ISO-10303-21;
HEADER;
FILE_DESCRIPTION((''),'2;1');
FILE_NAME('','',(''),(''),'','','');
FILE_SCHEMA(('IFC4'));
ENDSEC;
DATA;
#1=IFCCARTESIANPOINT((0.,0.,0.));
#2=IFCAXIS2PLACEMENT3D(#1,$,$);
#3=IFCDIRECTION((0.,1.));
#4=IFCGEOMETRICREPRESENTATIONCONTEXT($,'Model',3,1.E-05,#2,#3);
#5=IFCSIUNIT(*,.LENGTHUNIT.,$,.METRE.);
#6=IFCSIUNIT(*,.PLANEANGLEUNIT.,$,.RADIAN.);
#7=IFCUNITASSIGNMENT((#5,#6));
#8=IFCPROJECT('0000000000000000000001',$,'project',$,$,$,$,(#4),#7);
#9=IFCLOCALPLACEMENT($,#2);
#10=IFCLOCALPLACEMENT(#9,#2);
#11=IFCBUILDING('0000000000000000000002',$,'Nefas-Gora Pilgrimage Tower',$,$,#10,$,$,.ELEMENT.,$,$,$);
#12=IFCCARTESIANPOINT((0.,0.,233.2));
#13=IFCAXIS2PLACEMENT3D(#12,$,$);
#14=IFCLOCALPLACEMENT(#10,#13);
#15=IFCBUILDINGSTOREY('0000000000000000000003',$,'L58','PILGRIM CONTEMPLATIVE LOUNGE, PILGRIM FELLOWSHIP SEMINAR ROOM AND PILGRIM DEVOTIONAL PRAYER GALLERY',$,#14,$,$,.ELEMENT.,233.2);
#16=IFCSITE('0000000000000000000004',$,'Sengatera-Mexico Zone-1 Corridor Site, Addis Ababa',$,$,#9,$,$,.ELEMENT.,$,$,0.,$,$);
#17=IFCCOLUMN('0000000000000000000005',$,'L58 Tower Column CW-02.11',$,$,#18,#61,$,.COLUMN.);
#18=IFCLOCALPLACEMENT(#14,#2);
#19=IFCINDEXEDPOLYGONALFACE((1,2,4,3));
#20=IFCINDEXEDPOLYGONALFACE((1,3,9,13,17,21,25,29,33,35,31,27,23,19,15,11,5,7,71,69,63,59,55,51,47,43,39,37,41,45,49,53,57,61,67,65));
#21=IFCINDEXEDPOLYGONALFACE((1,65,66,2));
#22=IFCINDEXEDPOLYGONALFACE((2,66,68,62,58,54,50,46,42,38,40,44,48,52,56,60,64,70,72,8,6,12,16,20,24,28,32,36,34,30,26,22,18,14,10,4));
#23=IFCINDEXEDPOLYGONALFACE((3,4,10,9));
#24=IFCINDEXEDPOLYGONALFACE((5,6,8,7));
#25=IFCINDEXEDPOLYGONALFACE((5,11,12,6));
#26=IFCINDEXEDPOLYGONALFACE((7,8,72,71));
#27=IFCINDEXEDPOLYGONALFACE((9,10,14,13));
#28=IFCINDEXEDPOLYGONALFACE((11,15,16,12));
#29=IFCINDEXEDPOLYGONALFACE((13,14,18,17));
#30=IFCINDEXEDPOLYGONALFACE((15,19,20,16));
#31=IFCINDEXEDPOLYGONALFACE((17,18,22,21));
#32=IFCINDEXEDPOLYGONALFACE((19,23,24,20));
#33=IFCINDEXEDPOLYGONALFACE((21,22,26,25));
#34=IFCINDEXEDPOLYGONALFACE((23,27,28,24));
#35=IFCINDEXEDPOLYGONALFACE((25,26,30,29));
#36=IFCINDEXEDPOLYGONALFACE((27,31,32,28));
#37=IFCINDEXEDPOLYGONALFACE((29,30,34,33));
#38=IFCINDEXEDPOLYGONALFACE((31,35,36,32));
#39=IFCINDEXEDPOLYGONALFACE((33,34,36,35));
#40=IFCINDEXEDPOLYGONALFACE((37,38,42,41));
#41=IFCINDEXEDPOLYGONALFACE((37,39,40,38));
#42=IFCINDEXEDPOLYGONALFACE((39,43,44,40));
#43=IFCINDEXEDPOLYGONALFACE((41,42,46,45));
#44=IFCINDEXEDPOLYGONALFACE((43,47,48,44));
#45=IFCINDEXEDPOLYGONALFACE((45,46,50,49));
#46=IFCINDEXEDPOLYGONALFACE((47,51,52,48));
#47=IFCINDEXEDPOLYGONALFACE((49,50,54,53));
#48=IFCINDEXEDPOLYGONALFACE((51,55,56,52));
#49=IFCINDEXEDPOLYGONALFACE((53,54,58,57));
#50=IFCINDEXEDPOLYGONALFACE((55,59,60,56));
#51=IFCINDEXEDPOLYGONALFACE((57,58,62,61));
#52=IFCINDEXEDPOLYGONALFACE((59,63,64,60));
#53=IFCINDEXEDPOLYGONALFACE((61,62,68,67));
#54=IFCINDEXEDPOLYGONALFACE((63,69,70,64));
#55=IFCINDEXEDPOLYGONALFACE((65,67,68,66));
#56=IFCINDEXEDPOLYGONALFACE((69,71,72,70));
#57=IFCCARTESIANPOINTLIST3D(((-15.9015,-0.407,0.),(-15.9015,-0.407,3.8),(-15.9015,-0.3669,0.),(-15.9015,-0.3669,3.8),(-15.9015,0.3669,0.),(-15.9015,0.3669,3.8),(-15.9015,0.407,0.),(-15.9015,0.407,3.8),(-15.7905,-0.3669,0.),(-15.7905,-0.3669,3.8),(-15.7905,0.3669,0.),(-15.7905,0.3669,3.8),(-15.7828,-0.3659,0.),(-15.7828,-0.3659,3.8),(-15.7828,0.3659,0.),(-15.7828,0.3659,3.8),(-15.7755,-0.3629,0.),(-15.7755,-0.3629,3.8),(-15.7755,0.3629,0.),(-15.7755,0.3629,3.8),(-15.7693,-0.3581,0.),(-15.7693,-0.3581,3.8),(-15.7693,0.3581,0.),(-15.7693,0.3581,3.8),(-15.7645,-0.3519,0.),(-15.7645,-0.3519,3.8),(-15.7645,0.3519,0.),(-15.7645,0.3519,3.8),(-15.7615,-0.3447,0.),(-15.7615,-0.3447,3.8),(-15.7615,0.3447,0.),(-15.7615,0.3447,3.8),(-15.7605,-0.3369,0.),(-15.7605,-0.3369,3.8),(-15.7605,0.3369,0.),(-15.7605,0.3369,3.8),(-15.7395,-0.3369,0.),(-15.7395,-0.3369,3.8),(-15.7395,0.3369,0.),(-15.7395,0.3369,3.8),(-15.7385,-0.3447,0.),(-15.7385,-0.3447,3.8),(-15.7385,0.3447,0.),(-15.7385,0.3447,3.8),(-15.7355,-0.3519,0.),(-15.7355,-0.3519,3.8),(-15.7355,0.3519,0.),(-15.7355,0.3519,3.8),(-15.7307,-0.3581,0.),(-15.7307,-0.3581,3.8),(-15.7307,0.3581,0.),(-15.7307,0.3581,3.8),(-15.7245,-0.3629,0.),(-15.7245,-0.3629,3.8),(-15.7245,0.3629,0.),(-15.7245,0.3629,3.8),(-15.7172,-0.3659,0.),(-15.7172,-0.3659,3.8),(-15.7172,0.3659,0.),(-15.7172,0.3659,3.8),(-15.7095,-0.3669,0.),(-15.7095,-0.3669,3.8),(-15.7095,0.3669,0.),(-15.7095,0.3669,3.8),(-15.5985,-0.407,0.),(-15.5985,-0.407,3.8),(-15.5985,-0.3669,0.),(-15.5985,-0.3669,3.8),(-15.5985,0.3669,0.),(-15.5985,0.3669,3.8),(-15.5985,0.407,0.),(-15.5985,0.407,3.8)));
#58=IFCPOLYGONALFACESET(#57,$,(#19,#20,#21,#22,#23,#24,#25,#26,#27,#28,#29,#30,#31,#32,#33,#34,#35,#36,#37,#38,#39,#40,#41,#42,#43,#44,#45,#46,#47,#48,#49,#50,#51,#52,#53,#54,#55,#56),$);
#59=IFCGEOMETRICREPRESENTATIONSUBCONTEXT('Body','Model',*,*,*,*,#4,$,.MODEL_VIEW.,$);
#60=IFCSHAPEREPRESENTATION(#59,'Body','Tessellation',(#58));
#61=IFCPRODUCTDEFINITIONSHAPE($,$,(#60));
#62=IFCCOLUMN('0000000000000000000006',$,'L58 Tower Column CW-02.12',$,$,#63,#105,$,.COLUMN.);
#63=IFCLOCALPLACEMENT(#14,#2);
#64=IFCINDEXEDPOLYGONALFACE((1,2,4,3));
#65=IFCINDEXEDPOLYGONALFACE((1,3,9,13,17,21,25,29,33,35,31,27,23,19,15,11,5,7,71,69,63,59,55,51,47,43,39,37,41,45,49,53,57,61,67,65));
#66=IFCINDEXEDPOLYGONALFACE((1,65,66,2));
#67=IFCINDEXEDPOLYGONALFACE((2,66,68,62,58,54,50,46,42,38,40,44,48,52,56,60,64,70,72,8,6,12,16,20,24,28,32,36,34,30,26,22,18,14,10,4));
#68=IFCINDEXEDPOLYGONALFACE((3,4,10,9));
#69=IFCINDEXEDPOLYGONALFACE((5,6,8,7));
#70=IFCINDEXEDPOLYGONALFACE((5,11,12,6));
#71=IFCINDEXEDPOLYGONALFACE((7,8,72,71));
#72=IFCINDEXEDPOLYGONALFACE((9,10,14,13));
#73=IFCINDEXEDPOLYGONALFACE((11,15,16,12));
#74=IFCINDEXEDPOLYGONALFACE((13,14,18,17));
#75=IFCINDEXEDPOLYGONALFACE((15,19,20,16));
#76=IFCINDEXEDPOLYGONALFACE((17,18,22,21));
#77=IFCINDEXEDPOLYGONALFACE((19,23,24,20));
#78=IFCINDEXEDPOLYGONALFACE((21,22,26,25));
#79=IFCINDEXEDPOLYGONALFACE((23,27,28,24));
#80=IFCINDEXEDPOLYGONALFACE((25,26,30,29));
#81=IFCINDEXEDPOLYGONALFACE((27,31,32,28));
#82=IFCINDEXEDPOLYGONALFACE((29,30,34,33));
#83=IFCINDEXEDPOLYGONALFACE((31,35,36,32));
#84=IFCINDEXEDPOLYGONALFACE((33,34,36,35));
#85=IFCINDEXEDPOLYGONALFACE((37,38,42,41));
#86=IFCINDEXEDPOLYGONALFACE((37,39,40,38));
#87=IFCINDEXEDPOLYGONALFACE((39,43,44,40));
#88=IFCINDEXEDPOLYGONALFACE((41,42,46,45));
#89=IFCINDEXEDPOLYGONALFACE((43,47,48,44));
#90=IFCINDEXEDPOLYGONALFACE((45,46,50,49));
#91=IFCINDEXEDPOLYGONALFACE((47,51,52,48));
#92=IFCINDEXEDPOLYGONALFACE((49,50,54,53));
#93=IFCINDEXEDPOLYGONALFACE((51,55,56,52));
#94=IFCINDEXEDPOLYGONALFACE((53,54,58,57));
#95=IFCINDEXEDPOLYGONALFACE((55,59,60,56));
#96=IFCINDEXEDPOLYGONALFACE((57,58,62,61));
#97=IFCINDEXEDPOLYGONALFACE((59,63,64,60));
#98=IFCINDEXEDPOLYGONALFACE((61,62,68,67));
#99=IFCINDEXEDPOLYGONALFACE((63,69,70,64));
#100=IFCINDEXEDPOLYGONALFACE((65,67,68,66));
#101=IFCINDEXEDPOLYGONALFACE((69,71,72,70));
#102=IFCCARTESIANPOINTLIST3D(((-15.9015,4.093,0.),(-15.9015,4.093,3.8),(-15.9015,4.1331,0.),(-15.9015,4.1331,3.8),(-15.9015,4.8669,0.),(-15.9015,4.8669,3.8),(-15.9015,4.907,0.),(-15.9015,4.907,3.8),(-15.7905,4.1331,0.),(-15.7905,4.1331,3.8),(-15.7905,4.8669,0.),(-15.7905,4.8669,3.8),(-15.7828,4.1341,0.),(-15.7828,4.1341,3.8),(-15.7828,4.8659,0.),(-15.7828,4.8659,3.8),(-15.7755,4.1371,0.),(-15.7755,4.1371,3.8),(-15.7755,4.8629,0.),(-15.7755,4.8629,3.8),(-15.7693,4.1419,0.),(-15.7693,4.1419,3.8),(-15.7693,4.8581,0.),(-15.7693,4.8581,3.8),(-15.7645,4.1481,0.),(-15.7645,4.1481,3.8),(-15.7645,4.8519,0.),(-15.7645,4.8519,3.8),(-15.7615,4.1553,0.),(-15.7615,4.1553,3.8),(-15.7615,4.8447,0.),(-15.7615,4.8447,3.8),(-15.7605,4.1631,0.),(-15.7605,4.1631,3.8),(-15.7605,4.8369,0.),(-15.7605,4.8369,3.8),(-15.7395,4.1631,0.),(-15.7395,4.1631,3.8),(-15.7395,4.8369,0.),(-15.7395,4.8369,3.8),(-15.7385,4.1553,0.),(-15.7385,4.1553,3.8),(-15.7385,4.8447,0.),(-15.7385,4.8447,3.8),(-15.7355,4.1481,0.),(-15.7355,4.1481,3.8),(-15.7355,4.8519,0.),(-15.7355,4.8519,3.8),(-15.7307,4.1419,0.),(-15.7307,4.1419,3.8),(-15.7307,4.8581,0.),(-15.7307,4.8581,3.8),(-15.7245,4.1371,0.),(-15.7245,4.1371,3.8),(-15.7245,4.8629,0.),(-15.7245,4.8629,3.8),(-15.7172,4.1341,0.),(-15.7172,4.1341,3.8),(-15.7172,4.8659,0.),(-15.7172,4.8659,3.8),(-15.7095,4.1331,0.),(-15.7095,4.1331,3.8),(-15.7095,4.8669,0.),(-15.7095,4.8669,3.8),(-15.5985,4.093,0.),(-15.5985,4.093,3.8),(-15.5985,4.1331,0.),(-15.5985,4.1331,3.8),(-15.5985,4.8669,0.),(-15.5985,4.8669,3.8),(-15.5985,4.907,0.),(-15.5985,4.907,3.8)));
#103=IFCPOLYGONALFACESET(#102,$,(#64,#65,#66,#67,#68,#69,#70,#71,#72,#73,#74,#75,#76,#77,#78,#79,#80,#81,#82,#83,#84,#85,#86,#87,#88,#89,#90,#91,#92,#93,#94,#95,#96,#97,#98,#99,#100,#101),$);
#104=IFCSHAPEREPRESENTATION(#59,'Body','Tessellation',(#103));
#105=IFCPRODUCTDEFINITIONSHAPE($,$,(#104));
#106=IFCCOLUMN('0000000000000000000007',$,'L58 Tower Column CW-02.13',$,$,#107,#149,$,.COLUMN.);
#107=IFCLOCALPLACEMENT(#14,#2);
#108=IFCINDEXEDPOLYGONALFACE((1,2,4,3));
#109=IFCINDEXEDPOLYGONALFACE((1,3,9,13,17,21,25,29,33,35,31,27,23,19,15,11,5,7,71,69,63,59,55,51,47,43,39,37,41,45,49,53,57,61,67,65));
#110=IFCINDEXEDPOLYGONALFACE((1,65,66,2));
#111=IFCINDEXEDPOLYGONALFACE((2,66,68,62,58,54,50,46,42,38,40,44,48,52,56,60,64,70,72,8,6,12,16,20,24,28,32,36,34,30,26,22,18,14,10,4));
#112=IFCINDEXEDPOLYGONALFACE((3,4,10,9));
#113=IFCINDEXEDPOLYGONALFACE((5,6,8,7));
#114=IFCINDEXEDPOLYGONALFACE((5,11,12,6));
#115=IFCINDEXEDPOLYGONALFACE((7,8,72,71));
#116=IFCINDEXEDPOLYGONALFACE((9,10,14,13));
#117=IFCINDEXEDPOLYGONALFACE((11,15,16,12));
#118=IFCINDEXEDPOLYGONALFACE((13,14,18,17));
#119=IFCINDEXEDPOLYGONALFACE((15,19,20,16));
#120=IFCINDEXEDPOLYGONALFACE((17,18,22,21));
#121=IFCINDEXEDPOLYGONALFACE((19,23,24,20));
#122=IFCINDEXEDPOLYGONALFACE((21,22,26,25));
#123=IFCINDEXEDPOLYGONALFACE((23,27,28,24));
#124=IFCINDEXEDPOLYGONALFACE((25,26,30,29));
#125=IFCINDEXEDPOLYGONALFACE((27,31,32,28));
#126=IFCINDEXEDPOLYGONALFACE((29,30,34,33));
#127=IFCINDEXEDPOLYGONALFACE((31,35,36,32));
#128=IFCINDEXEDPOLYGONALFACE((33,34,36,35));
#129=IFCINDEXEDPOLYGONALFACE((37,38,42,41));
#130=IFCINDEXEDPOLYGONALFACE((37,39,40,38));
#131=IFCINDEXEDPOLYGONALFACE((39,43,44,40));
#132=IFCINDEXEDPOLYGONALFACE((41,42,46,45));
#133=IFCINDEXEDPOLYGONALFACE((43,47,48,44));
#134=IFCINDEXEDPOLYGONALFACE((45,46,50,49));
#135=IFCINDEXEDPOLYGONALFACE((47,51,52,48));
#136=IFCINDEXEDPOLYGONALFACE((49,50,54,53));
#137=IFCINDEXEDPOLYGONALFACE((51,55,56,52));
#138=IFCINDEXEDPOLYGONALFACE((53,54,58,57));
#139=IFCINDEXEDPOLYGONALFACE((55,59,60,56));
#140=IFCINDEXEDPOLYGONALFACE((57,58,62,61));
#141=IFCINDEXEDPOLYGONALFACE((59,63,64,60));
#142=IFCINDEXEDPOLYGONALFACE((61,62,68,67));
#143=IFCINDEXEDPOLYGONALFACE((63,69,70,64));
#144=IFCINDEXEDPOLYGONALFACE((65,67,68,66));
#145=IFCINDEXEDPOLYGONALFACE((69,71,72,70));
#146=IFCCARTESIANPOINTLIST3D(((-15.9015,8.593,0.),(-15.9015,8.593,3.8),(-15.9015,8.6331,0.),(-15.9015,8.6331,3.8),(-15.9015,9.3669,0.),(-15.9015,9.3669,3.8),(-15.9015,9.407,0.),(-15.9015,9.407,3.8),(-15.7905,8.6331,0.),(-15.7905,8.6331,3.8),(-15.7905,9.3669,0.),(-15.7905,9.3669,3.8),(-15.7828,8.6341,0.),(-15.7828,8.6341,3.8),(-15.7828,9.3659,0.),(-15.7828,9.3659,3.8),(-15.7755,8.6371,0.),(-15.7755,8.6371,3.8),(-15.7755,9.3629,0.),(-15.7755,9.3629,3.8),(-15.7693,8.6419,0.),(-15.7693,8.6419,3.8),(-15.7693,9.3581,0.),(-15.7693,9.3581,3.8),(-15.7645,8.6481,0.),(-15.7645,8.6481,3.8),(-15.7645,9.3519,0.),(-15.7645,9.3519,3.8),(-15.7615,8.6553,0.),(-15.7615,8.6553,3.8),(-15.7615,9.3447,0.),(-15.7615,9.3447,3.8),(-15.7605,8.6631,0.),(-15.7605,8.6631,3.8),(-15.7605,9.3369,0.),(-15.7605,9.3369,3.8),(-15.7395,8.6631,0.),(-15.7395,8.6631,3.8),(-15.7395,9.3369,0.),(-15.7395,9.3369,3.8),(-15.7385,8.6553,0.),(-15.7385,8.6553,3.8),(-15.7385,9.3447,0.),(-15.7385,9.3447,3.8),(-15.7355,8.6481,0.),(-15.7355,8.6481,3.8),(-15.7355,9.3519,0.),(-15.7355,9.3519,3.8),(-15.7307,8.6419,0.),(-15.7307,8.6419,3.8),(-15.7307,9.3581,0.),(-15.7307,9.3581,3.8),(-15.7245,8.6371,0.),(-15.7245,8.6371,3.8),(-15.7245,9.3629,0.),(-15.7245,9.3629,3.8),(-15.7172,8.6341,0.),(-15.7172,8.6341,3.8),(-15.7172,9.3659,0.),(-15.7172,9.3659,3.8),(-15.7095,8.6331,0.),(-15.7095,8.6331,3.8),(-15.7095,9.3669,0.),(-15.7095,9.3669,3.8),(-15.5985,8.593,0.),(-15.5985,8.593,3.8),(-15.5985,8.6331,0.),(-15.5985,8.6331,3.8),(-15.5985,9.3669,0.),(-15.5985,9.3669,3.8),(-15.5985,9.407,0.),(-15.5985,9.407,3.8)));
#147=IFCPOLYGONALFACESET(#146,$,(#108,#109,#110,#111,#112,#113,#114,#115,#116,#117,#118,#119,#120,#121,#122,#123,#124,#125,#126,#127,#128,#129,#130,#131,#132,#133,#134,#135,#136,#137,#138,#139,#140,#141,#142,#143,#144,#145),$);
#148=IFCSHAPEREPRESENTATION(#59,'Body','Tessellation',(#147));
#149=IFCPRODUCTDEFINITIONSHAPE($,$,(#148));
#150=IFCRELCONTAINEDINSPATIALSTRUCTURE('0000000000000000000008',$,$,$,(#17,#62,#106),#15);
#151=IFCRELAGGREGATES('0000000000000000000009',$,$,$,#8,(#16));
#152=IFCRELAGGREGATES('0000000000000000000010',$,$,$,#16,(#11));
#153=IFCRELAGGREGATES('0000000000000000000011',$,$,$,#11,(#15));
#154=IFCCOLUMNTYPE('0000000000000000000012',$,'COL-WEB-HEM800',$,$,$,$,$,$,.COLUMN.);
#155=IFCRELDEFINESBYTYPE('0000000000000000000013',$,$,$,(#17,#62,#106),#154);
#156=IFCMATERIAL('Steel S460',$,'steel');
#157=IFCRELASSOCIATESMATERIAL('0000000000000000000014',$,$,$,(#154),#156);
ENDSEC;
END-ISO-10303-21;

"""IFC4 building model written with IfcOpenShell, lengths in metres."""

from ifc_helpers import new_model, si_unit, direction, frame, origin, origin_2d, place, context, subcontext, project, spatial, i_section, extrude, source, transform, mapped, material, material_profile, profile_set, type_object, element, save


model = new_model("IFC4")

# Units and contexts
model_context = context("Model", 3, precision=1e-05, world=origin(), true_north=direction((0.0, 1.0)))
body_context = subcontext(model_context, "Body", "Model", "MODEL_VIEW")
ifc_project = project(units=[si_unit("LENGTHUNIT", "METRE"), si_unit("PLANEANGLEUNIT", "RADIAN")], contexts=[model_context])

# Site, building, storey
site_placement = place(None, origin())
site = spatial("IfcSite", under=ifc_project, at=site_placement, Name="Sengatera-Mexico Zone-1 Corridor Site, Addis Ababa", CompositionType="ELEMENT", RefElevation=0.0)
building_placement = place(site_placement, origin())
building = spatial("IfcBuilding", under=site, at=building_placement, Name="Nefas-Gora Pilgrimage Tower", CompositionType="ELEMENT")
storey_placement = place(building_placement, frame((0.0, 0.0, 233.2)))
storey = spatial("IfcBuildingStorey", under=building, at=storey_placement, Name="L58", Description="PILGRIM CONTEMPLATIVE LOUNGE, PILGRIM FELLOWSHIP SEMINAR ROOM AND PILGRIM DEVOTIONAL PRAYER GALLERY", CompositionType="ELEMENT", Elevation=233.2)

# Columns
ifc_material_1 = material(Name="Steel S460", Category="steel")
ifc_material_profile_1 = material_profile(ifc_material_1, i_section(OverallWidth=0.303, OverallDepth=0.814, WebThickness=0.021, FlangeThickness=0.04, FilletRadius=0.03, at=origin_2d()), Name="HEM 800")
ifc_profile_set_1 = profile_set([ifc_material_profile_1], Name="Steel S460")
column_type_1 = type_object("IfcColumnType", Name="COL-WEB-HEM800", PredefinedType="COLUMN", material=ifc_profile_set_1)
shared_shape_1 = source(origin(), body_context, "Body", "SweptSolid", [
    extrude(i_section(OverallWidth=0.303, OverallDepth=0.814, WebThickness=0.021, FlangeThickness=0.04, FilletRadius=0.03, at=origin_2d()), origin(), (0.0, 0.0, 1.0), 3.8),
])
for number, where, z_axis, x_axis, name in (
    (1, (-15.75, 0.0, 0.0), (0.0, 0.0, 1.0), (1.0, 0.0, 0.0), "L58 Tower Column CW-02.11"),
    (2, (-15.75, 4.5, 0.0), (0.0, 0.0, 1.0), (1.0, 0.0, 0.0), "L58 Tower Column CW-02.12"),
    (3, (-15.75, 9.0, 0.0), (0.0, 0.0, 1.0), (1.0, 0.0, 0.0), "L58 Tower Column CW-02.13"),
):
    element("IfcColumn", number, at=place(storey_placement, frame(where, z_axis=z_axis, x_axis=x_axis)), inside=storey, type_object=column_type_1, Name=name, PredefinedType="COLUMN", context=body_context, shape_type="MappedRepresentation", body=[
        mapped(shared_shape_1, transform((0.0, 0.0, 0.0), x_axis=(1.0, 0.0, 0.0), y_axis=(0.0, 1.0, 0.0), z_axis=(0.0, 0.0, 1.0), scale=1.0)),
    ])

save(model, "model.ifc")
